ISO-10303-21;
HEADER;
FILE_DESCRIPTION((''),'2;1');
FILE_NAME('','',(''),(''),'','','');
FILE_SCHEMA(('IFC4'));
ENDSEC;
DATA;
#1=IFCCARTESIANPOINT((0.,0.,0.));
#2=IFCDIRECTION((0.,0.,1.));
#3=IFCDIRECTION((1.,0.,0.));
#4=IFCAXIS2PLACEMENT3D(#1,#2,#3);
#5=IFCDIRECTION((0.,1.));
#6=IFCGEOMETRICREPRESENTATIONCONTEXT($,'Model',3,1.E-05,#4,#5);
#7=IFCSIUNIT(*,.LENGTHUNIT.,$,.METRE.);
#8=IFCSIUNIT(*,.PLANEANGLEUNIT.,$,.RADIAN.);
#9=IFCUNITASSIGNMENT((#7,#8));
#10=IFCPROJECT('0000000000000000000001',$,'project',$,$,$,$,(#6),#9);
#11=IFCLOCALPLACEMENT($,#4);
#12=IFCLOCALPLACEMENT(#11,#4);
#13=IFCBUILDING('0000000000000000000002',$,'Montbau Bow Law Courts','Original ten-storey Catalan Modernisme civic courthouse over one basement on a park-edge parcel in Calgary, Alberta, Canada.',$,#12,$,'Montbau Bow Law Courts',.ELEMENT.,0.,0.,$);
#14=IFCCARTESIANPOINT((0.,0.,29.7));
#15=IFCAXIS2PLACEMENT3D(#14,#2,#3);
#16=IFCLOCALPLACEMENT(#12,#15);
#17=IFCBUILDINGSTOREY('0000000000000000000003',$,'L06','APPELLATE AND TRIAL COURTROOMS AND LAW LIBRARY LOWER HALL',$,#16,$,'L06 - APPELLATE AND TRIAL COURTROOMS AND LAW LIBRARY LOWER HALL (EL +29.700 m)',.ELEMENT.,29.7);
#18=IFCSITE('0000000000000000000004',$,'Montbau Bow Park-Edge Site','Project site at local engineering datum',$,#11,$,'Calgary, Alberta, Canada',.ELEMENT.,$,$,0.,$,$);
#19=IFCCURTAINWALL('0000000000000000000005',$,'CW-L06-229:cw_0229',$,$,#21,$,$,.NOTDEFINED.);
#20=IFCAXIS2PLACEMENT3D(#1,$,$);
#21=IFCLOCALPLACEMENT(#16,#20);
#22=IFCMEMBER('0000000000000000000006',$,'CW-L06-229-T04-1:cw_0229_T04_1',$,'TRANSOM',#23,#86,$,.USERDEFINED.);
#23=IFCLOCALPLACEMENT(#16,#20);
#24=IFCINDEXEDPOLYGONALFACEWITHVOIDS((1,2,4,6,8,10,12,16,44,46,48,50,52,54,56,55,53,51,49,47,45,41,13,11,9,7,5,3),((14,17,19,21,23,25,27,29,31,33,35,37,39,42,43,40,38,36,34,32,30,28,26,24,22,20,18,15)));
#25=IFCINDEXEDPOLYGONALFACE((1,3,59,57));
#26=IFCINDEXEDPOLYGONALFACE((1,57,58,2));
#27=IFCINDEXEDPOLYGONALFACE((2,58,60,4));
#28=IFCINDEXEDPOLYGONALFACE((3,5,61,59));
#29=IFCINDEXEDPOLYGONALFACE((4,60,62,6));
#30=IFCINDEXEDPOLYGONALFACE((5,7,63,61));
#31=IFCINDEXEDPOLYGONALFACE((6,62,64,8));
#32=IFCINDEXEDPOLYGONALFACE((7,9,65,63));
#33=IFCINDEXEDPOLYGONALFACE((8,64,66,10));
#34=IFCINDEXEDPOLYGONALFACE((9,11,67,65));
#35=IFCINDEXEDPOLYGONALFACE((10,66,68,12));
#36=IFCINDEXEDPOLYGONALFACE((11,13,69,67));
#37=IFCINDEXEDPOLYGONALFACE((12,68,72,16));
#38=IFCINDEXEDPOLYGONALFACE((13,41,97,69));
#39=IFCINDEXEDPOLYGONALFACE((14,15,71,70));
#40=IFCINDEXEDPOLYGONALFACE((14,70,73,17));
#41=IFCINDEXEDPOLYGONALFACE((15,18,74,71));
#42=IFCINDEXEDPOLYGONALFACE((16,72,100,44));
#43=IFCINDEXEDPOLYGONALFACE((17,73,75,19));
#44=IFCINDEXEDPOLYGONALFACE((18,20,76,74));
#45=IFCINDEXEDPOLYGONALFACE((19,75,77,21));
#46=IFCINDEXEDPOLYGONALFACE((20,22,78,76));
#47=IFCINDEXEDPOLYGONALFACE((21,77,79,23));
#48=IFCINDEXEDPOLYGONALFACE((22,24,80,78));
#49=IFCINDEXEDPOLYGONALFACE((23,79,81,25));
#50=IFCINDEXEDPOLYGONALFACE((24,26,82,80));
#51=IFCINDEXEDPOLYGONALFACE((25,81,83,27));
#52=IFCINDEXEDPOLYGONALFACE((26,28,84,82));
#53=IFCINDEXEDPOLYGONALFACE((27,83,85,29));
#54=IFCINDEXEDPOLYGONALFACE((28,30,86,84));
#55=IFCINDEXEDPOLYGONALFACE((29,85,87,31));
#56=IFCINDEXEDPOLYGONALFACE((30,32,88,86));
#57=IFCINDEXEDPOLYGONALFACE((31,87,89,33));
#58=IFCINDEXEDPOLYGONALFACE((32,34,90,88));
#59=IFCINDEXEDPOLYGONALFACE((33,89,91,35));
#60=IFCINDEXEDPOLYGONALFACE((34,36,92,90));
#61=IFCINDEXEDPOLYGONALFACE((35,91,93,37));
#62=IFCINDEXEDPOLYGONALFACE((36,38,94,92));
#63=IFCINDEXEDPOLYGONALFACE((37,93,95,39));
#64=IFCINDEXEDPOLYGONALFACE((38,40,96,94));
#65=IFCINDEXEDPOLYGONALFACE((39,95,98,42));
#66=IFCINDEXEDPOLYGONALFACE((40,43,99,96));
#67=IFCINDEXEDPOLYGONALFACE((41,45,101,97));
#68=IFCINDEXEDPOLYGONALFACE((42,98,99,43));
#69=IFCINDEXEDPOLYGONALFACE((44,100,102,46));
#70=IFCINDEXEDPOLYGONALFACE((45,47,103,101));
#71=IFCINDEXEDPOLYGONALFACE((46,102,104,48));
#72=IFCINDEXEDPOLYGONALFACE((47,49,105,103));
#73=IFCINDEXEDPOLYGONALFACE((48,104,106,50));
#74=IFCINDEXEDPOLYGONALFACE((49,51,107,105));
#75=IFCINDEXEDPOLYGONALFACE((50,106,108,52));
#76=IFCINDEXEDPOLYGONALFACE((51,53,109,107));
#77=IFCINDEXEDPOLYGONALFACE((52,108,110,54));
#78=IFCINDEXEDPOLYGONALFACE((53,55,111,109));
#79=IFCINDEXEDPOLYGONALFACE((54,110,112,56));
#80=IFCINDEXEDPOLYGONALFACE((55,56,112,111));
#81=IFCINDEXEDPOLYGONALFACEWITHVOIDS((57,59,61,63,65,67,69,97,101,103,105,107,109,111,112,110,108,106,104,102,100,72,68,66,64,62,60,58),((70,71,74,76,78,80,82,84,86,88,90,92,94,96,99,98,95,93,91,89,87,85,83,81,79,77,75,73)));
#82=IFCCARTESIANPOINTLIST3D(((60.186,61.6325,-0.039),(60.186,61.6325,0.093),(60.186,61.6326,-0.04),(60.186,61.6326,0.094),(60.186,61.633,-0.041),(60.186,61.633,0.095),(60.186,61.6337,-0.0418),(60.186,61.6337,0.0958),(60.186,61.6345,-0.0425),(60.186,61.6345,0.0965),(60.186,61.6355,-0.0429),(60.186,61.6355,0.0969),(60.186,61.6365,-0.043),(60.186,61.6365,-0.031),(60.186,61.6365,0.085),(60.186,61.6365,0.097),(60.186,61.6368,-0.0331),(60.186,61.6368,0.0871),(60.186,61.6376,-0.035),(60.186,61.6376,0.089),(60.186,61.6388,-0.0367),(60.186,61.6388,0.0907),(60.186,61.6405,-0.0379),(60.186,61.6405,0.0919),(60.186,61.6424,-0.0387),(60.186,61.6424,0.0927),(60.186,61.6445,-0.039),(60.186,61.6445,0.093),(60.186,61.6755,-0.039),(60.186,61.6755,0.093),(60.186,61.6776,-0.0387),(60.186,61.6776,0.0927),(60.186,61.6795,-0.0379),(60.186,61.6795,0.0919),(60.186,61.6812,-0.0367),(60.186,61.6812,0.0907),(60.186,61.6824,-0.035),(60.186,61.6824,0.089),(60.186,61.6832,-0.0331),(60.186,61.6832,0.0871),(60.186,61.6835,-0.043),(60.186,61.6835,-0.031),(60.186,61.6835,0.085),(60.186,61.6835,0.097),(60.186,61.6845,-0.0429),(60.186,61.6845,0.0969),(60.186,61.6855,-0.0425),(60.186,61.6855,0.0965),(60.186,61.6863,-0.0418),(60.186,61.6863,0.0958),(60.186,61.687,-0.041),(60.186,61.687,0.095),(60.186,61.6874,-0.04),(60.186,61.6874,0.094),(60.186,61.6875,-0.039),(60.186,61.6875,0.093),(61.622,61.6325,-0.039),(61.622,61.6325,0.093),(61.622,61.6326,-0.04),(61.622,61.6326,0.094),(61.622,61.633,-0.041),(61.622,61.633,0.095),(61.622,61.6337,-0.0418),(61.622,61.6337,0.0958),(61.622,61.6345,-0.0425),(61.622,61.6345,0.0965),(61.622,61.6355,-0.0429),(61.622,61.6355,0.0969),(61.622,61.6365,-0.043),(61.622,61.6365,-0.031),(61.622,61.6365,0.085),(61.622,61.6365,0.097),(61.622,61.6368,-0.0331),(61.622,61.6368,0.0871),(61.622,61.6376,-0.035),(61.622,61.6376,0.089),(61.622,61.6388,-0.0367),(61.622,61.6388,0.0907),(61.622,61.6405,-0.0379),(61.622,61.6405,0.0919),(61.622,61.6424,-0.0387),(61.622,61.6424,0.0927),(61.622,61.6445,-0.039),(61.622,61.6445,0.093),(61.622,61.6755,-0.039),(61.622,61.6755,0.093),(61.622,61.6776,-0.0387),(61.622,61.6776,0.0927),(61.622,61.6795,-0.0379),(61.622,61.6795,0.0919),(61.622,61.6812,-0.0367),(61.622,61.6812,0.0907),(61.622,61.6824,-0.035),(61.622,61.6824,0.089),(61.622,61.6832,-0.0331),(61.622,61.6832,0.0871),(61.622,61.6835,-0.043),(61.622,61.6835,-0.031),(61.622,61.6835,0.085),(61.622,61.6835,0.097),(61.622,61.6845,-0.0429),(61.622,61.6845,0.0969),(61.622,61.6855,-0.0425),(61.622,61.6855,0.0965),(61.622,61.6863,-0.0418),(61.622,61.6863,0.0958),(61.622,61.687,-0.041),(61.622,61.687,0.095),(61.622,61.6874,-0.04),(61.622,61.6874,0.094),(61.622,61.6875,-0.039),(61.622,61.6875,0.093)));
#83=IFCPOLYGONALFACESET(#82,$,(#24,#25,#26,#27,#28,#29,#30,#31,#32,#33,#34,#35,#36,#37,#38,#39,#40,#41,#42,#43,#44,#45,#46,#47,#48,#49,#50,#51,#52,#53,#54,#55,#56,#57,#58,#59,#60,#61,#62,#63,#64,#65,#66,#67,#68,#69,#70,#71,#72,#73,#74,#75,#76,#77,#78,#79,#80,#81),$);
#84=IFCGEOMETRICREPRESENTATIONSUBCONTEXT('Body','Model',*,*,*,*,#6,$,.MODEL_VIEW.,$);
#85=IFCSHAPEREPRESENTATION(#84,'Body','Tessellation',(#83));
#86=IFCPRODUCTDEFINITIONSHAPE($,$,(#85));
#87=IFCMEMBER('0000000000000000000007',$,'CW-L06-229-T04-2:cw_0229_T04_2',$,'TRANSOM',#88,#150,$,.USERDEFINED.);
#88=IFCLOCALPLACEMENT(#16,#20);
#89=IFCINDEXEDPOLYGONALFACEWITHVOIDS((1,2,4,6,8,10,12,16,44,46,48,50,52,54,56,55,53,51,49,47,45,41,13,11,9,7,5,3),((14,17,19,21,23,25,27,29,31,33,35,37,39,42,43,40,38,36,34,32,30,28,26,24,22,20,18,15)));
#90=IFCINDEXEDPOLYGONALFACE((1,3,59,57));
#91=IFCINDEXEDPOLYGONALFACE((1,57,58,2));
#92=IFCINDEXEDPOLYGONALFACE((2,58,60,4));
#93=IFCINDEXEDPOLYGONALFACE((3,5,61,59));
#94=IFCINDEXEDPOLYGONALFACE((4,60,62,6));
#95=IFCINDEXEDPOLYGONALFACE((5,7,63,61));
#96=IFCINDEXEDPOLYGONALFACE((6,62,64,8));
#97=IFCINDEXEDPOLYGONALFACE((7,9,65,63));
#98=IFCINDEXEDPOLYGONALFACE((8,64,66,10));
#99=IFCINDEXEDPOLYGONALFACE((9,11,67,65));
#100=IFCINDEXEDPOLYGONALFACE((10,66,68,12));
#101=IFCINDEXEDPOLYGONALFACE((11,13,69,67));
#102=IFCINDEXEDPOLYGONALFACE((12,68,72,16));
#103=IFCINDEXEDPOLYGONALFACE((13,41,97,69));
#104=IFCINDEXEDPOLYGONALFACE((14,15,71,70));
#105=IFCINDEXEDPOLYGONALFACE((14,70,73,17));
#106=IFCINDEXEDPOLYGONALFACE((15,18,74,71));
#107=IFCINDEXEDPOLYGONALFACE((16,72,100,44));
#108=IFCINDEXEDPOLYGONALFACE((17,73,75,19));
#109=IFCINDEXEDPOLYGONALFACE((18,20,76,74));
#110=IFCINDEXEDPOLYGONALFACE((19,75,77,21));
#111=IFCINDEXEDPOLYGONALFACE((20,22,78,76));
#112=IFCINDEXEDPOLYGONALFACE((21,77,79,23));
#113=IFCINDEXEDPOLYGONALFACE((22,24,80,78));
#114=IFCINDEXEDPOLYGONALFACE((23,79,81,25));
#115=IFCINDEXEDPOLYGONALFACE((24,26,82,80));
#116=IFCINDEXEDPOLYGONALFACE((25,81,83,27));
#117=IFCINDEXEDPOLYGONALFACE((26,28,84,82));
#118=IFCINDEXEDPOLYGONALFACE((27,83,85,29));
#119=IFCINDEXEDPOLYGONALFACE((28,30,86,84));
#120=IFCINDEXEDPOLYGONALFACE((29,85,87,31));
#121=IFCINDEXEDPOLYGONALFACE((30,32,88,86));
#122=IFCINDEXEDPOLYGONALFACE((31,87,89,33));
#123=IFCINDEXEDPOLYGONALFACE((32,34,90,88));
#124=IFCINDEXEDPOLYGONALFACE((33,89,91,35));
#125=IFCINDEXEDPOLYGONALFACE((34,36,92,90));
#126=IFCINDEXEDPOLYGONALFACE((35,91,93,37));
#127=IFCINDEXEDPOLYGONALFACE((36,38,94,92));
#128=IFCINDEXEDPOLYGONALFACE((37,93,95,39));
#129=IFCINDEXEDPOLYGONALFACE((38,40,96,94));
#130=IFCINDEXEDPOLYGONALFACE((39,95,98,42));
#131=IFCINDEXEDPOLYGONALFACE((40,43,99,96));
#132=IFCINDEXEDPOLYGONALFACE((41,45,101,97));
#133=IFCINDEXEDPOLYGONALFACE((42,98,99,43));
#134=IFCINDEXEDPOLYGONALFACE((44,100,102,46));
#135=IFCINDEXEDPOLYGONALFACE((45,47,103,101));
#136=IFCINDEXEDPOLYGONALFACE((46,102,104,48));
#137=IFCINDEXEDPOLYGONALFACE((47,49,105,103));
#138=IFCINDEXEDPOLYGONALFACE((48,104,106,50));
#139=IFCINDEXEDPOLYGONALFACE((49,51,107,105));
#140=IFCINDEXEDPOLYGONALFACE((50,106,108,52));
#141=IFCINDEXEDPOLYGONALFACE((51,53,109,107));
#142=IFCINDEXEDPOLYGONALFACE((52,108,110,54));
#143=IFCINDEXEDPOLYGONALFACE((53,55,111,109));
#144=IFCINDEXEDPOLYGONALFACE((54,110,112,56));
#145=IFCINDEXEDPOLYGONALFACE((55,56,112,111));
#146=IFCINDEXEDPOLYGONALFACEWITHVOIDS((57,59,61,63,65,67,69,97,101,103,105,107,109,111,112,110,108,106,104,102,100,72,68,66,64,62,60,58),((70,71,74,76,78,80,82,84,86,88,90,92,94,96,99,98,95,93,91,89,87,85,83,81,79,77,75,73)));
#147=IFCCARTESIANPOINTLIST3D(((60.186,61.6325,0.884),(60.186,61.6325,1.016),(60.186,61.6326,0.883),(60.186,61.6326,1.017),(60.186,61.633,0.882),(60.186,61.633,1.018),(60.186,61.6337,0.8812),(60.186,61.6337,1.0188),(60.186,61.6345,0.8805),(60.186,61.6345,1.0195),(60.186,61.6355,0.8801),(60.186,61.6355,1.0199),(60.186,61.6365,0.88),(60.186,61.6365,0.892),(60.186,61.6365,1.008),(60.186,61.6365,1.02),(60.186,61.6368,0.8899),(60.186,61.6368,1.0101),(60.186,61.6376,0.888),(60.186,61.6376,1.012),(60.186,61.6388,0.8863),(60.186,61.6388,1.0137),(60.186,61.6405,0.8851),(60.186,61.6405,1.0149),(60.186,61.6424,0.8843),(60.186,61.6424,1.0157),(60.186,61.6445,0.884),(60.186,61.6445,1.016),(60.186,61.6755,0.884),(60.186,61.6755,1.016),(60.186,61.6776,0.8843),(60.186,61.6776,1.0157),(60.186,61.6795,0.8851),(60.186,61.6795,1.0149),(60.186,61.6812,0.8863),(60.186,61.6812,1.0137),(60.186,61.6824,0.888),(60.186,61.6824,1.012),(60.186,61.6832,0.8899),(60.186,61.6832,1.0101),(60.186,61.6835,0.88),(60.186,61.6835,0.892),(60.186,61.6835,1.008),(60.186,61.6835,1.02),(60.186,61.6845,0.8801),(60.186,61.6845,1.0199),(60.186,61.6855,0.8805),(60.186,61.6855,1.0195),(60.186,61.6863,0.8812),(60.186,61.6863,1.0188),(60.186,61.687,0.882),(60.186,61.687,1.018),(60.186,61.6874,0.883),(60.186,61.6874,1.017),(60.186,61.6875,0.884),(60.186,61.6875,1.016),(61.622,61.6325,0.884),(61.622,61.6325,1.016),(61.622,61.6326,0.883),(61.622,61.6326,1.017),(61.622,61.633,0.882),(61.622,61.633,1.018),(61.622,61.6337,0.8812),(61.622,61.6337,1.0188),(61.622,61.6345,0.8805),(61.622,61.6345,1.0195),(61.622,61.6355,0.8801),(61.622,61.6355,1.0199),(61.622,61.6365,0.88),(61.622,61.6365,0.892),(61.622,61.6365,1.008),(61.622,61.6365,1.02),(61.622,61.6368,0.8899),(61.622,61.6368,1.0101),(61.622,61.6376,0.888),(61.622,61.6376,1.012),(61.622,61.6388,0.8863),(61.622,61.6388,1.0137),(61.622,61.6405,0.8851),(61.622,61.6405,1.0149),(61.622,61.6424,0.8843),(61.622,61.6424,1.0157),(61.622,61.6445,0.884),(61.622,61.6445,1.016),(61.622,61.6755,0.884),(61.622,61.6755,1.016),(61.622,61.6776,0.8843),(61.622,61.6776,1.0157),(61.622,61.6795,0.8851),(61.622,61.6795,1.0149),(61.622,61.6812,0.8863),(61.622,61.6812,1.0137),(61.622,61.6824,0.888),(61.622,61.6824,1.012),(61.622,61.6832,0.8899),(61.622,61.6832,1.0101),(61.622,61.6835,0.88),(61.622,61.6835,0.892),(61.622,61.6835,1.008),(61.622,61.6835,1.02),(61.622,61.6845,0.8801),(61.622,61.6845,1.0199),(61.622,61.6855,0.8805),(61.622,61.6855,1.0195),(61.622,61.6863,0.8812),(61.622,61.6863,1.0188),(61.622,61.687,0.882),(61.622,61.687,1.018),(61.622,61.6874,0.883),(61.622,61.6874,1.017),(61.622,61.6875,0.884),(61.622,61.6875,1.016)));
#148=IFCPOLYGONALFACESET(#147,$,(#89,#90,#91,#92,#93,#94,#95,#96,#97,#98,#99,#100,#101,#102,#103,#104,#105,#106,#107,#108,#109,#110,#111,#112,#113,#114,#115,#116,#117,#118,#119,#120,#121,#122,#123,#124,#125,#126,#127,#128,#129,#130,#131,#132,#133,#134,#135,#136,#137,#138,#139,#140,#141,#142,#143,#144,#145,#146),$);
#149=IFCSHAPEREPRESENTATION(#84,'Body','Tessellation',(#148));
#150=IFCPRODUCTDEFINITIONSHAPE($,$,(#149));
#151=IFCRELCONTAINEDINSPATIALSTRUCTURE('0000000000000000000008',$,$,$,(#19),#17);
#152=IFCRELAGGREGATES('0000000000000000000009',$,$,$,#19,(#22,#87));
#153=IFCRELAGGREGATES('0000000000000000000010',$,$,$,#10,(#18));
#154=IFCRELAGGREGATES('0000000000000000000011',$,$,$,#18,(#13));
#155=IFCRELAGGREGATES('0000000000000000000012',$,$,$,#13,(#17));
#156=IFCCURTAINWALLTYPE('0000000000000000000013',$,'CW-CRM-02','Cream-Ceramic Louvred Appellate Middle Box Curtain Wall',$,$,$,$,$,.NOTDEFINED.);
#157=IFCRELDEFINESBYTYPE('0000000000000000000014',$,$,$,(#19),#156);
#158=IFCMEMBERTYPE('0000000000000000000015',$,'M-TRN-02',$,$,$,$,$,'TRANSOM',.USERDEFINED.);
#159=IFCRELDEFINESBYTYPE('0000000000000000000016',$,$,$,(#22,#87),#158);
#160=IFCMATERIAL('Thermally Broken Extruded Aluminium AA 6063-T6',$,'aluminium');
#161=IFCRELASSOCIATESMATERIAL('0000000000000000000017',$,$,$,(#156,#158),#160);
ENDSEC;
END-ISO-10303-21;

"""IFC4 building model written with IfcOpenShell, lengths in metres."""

from ifc_helpers import new_model, si_unit, direction, frame, origin_with_axes, origin_2d_with_axis, place, context, subcontext, project, spatial, hollow_rectangle, extrude, material, material_profile, profile_set, type_object, element, aggregate, save


model = new_model("IFC4")

# Units and contexts
model_context = context("Model", 3, precision=1e-05, world=origin_with_axes(), true_north=direction((0.0, 1.0)))
body_context = subcontext(model_context, "Body", "Model", "MODEL_VIEW")
ifc_project = project(units=[si_unit("LENGTHUNIT", "METRE"), si_unit("PLANEANGLEUNIT", "RADIAN")], contexts=[model_context])

# Site, building, storey
site_placement = place(None, origin_with_axes())
site = spatial("IfcSite", under=ifc_project, at=site_placement, Name="Montbau Bow Park-Edge Site", Description="Project site at local engineering datum", LongName="Calgary, Alberta, Canada", CompositionType="ELEMENT", RefElevation=0.0)
building_placement = place(site_placement, origin_with_axes())
building = spatial("IfcBuilding", under=site, at=building_placement, Name="Montbau Bow Law Courts", Description="Original ten-storey Catalan Modernisme civic courthouse over one basement on a park-edge parcel in Calgary, Alberta, Canada.", LongName="Montbau Bow Law Courts", CompositionType="ELEMENT", ElevationOfRefHeight=0.0, ElevationOfTerrain=0.0)
storey_placement = place(building_placement, frame((0.0, 0.0, 29.7), z_axis=(0.0, 0.0, 1.0), x_axis=(1.0, 0.0, 0.0)))
storey = spatial("IfcBuildingStorey", under=building, at=storey_placement, Name="L06", Description="APPELLATE AND TRIAL COURTROOMS AND LAW LIBRARY LOWER HALL", LongName="L06 - APPELLATE AND TRIAL COURTROOMS AND LAW LIBRARY LOWER HALL (EL +29.700 m)", CompositionType="ELEMENT", Elevation=29.7)

# Curtain wall, members
ifc_material_1 = material(Name="Thermally Broken Extruded Aluminium AA 6063-T6", Category="aluminium")
curtain_wall_type = type_object("IfcCurtainWallType", Name="CW-CRM-02", Description="Cream-Ceramic Louvred Appellate Middle Box Curtain Wall", PredefinedType="NOTDEFINED", material=ifc_material_1)
curtain_wall_placement = place(None, frame((55.64, 61.66, 29.7), z_axis=(0.0, 0.0, 1.0), x_axis=(1.0, 0.0, 0.0)))
curtain_wall = element("IfcCurtainWall", 1, at=curtain_wall_placement, inside=storey, type_object=curtain_wall_type, Name="CW-L06-229:cw_0229", PredefinedType="NOTDEFINED")
ifc_material_profile_1 = material_profile(ifc_material_1, hollow_rectangle(XDim=0.055, YDim=0.14, WallThickness=0.004, InnerFilletRadius=0.008, OuterFilletRadius=0.004, at=origin_2d_with_axis()), Name="CWT-140X55", Category="Main", Priority=0)
ifc_profile_set_1 = profile_set([ifc_material_profile_1], Name="Thermally Broken Extruded Aluminium AA 6063-T6")
member_type_1 = type_object("IfcMemberType", Name="M-TRN-02", ElementType="TRANSOM", PredefinedType="USERDEFINED", material=ifc_profile_set_1)
member_1_placement = place(None, frame((60.186, 61.66, 29.727), z_axis=(1.0, 0.0, 0.0), x_axis=(0.0, 1.0, 0.0)))
member_1 = element("IfcMember", 2, at=member_1_placement, type_object=member_type_1, Name="CW-L06-229-T04-1:cw_0229_T04_1", ObjectType="TRANSOM", PredefinedType="USERDEFINED", context=body_context, shape_type="SweptSolid", body=[
    extrude(hollow_rectangle(XDim=0.055, YDim=0.14, WallThickness=0.004, InnerFilletRadius=0.008, OuterFilletRadius=0.004, at=origin_2d_with_axis()), origin_with_axes(), (0.0, 0.0, 1.0), 1.436),
])
member_2_placement = place(None, frame((60.186, 61.66, 30.65), z_axis=(1.0, 0.0, 0.0), x_axis=(0.0, 1.0, 0.0)))
member_2 = element("IfcMember", 3, at=member_2_placement, type_object=member_type_1, Name="CW-L06-229-T04-2:cw_0229_T04_2", ObjectType="TRANSOM", PredefinedType="USERDEFINED", context=body_context, shape_type="SweptSolid", body=[
    extrude(hollow_rectangle(XDim=0.055, YDim=0.14, WallThickness=0.004, InnerFilletRadius=0.008, OuterFilletRadius=0.004, at=origin_2d_with_axis()), origin_with_axes(), (0.0, 0.0, 1.0), 1.436),
])
aggregate(curtain_wall, [member_1, member_2])

save(model, "model.ifc")
